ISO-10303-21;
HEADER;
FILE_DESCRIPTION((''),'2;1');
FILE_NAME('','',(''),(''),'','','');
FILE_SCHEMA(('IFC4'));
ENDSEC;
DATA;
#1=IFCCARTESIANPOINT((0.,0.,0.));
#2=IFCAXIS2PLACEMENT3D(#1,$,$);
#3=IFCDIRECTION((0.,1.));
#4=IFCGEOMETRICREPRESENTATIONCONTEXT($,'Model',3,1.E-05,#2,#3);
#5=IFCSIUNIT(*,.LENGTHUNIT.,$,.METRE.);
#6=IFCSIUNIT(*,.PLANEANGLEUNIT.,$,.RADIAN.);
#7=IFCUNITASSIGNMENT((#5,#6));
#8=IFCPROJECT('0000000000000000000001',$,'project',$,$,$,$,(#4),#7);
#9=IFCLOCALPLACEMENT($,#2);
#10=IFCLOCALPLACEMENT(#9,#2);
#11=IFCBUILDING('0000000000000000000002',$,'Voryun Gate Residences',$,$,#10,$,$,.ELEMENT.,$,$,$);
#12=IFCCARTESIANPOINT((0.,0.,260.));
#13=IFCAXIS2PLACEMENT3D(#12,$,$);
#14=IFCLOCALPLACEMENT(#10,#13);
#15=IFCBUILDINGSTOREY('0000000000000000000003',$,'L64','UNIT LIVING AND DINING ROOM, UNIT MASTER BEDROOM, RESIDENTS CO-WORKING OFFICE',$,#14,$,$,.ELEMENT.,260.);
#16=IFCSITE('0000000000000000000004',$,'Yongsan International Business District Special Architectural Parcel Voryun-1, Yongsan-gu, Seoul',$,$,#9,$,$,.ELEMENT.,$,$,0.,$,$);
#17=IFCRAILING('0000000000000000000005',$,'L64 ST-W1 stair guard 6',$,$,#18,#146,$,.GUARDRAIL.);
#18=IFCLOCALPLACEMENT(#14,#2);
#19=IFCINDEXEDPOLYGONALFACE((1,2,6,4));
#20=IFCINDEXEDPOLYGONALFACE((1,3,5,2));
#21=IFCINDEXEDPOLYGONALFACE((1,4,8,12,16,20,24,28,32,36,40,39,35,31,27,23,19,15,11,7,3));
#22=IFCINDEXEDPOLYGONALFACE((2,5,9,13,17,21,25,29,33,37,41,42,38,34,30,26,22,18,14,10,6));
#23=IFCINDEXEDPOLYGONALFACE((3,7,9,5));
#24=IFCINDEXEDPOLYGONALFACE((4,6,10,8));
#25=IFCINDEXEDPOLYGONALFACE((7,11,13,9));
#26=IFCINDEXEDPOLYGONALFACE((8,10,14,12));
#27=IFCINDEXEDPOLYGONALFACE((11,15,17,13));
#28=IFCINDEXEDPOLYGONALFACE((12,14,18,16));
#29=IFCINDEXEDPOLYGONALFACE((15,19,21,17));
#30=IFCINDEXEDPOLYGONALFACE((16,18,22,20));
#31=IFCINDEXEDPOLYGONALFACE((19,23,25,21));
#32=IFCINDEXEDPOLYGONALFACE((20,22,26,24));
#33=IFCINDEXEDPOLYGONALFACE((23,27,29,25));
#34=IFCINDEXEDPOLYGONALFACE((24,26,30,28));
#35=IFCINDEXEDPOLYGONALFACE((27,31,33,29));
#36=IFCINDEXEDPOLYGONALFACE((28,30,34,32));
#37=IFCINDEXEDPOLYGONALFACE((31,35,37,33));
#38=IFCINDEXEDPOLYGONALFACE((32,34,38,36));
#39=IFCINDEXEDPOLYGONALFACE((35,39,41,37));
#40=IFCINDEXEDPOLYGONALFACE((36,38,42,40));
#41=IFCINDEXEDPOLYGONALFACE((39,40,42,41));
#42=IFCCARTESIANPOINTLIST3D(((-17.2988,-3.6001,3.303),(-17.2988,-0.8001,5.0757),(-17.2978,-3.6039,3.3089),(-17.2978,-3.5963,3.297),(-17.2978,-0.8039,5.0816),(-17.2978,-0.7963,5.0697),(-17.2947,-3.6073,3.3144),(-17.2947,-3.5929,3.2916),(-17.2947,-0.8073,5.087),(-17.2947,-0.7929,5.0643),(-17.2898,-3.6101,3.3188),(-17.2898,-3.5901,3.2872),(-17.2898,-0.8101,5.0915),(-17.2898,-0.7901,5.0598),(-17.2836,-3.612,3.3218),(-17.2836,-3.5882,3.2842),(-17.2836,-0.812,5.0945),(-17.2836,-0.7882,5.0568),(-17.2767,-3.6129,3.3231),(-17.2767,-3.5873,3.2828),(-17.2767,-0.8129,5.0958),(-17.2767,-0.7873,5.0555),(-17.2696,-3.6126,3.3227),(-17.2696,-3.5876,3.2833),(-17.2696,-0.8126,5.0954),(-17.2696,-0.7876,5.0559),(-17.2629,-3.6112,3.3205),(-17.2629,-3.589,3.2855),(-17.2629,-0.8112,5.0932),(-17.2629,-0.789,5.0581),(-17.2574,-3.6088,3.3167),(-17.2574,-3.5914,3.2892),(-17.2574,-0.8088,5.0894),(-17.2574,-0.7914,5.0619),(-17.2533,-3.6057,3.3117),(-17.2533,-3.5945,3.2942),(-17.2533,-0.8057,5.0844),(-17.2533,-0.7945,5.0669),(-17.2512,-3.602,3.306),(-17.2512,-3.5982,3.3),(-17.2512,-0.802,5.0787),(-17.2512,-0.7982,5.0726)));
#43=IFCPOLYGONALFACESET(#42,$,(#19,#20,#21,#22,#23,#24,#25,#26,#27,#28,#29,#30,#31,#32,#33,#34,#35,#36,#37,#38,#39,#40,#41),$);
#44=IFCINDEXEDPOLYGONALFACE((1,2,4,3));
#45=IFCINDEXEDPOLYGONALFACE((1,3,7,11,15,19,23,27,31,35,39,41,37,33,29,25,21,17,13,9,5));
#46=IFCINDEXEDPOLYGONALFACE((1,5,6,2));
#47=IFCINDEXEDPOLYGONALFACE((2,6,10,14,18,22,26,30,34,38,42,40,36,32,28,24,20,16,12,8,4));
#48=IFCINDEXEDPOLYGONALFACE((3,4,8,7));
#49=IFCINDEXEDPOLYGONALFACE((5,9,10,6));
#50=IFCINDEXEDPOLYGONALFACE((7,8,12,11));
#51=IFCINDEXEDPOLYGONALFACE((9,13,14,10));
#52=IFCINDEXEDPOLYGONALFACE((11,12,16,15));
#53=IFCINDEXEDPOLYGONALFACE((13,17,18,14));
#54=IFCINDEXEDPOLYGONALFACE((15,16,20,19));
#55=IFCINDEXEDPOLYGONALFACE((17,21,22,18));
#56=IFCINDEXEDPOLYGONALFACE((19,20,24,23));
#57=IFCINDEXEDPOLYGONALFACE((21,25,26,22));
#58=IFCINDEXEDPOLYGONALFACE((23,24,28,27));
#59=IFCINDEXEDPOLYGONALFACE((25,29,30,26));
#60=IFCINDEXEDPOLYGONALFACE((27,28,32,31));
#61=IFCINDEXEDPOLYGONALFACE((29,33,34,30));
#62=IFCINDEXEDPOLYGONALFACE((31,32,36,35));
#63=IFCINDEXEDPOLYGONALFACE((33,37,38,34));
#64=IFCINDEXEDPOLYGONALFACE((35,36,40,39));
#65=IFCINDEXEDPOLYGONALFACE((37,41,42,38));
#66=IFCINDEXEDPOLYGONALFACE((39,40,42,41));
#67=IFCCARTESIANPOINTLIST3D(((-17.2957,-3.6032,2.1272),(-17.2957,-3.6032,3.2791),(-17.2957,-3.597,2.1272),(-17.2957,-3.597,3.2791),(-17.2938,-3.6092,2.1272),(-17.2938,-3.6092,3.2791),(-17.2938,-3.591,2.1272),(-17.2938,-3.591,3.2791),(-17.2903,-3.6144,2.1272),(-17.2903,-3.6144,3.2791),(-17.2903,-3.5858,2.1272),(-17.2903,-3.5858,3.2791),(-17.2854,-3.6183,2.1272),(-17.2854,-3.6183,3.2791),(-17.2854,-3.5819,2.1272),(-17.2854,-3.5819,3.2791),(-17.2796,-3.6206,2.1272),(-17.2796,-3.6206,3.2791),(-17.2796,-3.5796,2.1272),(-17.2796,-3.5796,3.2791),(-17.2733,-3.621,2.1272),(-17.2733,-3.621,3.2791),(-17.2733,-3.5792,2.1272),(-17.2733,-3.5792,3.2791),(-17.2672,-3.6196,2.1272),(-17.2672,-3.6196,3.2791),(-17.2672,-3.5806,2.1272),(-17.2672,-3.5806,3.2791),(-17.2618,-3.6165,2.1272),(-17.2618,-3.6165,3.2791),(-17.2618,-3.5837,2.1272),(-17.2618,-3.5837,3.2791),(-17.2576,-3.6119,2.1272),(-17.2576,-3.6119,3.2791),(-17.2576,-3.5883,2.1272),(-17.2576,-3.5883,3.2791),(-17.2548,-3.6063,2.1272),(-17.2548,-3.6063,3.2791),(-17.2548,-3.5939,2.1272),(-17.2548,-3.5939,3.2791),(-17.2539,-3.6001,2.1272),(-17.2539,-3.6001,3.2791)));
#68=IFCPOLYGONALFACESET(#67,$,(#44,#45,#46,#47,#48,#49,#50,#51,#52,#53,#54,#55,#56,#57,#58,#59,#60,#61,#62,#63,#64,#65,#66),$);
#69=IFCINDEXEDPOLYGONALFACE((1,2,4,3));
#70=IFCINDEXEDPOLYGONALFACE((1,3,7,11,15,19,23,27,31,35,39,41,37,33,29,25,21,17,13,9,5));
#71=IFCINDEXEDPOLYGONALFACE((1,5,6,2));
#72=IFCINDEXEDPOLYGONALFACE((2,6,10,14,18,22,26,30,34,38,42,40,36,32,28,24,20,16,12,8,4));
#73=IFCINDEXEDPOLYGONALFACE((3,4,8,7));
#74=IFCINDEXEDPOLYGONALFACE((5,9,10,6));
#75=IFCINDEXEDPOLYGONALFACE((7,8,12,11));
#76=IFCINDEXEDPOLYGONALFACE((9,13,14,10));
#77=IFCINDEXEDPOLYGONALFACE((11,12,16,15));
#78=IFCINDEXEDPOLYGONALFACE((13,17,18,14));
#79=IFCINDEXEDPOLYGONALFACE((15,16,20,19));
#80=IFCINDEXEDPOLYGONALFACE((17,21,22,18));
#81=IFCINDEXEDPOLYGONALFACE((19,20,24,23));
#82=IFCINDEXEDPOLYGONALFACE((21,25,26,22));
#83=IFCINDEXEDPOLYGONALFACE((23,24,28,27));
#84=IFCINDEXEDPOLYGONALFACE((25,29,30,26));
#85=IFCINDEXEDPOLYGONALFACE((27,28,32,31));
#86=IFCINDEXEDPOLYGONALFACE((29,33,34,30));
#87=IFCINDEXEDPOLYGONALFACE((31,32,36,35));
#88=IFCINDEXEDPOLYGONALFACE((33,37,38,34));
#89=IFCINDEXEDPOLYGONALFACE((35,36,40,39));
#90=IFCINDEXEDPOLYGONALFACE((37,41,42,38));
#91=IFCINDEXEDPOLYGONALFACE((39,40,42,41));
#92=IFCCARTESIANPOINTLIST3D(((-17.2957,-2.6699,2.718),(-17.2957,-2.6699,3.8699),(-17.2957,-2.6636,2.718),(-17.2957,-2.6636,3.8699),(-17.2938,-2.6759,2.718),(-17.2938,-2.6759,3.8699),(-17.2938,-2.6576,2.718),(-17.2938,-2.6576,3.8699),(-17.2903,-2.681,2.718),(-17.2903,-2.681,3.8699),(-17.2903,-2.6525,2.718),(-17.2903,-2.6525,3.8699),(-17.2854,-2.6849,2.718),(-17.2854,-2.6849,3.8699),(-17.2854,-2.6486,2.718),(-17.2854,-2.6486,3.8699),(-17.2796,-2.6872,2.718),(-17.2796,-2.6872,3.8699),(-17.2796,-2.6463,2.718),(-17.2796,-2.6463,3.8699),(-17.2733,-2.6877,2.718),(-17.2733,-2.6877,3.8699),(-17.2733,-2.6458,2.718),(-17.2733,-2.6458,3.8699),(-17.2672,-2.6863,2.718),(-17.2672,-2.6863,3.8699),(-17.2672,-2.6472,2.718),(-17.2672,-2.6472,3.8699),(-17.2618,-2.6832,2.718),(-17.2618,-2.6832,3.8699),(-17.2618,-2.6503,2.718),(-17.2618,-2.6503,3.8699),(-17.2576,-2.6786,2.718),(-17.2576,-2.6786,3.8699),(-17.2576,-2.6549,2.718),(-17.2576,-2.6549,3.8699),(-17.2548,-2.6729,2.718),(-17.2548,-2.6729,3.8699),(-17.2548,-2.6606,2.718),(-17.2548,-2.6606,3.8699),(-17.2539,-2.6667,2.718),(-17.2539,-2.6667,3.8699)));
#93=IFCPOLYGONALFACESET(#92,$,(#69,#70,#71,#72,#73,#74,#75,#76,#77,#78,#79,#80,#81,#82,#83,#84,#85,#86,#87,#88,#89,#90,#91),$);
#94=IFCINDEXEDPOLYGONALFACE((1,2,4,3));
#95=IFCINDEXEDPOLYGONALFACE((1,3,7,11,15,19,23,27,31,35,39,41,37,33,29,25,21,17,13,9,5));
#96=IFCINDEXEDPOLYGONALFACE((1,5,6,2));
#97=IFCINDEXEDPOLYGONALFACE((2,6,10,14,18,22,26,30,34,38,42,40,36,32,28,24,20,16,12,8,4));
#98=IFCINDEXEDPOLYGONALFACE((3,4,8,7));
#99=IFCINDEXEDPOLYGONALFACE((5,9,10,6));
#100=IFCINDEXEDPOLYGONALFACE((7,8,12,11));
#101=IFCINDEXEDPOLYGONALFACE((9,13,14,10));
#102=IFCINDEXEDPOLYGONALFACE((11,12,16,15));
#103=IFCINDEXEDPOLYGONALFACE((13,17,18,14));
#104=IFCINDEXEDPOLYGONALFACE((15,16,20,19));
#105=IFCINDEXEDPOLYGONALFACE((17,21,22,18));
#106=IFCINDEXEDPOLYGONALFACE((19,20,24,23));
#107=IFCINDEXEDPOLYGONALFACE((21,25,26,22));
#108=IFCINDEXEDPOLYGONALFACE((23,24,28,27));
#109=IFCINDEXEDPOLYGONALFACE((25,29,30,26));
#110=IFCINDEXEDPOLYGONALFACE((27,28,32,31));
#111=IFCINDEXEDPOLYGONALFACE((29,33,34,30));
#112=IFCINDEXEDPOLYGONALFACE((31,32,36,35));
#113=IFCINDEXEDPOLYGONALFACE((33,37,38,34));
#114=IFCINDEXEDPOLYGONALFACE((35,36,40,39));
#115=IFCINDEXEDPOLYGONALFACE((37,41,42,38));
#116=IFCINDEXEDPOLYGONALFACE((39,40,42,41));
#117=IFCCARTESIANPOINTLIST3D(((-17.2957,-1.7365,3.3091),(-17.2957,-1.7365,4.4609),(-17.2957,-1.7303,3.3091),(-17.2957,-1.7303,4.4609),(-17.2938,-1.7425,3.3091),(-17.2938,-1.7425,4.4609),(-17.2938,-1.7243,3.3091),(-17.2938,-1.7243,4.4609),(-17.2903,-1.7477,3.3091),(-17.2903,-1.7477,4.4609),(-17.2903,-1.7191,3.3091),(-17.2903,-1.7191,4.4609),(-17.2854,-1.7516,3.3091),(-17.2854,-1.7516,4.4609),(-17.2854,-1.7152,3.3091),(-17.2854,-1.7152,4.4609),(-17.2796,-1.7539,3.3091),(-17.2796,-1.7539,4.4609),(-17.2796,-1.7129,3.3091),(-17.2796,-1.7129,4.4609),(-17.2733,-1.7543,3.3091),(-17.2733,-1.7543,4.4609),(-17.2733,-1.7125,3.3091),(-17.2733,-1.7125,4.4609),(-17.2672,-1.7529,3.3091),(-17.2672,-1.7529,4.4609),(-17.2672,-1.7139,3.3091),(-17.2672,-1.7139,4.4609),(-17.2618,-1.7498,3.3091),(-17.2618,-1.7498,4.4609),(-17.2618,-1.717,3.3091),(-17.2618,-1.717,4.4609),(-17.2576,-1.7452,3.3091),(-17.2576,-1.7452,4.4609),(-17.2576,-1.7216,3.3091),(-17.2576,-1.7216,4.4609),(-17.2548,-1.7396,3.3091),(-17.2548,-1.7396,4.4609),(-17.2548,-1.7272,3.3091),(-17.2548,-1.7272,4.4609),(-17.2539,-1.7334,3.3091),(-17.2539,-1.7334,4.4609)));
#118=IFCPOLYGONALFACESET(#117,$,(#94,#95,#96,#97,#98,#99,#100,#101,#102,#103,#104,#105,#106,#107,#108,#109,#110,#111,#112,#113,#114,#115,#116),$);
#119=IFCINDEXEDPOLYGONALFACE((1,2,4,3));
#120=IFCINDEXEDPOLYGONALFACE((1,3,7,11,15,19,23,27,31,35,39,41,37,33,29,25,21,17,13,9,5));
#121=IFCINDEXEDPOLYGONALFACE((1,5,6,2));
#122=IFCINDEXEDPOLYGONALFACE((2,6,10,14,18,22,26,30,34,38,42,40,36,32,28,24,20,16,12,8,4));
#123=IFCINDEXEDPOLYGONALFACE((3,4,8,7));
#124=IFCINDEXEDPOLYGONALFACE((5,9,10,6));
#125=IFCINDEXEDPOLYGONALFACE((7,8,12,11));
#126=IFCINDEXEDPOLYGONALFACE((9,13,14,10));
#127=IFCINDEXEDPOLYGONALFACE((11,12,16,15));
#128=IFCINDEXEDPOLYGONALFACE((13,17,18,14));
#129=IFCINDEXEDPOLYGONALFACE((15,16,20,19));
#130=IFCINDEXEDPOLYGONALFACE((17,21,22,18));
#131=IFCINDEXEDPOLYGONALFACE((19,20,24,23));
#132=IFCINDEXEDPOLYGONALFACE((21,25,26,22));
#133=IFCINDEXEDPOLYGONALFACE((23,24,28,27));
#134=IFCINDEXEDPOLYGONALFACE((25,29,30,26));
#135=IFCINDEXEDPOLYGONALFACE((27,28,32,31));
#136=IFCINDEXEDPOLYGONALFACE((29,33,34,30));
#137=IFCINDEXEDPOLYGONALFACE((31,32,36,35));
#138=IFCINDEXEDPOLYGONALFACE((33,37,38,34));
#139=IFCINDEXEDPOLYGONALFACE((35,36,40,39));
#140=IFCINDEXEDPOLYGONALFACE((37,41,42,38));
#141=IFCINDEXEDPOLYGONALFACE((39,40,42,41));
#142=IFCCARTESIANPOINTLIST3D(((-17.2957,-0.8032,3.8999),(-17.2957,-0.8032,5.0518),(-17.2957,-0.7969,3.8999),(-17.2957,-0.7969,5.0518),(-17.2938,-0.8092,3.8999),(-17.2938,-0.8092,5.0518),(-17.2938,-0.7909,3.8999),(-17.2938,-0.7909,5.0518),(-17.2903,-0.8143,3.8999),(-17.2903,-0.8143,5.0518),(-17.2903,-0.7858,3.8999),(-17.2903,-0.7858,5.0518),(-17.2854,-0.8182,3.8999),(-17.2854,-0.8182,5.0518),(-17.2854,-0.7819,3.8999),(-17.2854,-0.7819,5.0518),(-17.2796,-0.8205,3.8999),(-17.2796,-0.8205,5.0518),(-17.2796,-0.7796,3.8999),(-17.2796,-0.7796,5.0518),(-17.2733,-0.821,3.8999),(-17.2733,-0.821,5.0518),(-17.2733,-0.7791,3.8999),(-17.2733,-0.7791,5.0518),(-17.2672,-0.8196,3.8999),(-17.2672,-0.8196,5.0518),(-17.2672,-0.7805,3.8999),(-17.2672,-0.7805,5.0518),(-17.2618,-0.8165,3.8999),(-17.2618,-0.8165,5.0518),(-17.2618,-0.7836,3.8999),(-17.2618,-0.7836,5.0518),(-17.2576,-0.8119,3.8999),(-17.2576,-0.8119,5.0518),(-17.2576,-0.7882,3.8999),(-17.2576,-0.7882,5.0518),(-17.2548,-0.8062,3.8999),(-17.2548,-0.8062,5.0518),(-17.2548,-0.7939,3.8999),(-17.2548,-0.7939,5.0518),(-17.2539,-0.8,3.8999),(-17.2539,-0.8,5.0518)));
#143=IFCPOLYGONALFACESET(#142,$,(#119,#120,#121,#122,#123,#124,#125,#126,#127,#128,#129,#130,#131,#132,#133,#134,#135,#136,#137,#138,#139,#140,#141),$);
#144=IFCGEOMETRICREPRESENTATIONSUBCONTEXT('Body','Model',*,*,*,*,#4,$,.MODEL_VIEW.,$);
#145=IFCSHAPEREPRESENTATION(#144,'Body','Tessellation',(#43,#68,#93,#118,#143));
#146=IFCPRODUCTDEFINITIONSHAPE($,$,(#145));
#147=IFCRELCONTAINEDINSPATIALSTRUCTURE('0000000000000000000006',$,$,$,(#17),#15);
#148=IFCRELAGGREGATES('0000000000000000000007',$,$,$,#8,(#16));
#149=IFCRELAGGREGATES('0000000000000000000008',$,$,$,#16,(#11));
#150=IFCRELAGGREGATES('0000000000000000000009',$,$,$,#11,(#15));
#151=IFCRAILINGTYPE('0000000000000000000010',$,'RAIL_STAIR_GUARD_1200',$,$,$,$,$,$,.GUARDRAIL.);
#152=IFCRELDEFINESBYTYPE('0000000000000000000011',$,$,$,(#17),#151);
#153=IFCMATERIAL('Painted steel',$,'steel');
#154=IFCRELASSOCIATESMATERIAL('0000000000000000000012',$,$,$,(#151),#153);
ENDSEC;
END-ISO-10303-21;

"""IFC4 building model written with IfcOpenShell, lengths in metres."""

from ifc_helpers import new_model, si_unit, direction, frame, origin, origin_2d, place, context, subcontext, project, spatial, circle, extrude, material, type_object, element, save


model = new_model("IFC4")

# Units and contexts
model_context = context("Model", 3, precision=1e-05, world=origin(), true_north=direction((0.0, 1.0)))
body_context = subcontext(model_context, "Body", "Model", "MODEL_VIEW")
ifc_project = project(units=[si_unit("LENGTHUNIT", "METRE"), si_unit("PLANEANGLEUNIT", "RADIAN")], contexts=[model_context])

# Site, building, storey
site_placement = place(None, origin())
site = spatial("IfcSite", under=ifc_project, at=site_placement, Name="Yongsan International Business District Special Architectural Parcel Voryun-1, Yongsan-gu, Seoul", CompositionType="ELEMENT", RefElevation=0.0)
building_placement = place(site_placement, origin())
building = spatial("IfcBuilding", under=site, at=building_placement, Name="Voryun Gate Residences", CompositionType="ELEMENT")
storey_placement = place(building_placement, frame((0.0, 0.0, 260.0)))
storey = spatial("IfcBuildingStorey", under=building, at=storey_placement, Name="L64", Description="UNIT LIVING AND DINING ROOM, UNIT MASTER BEDROOM, RESIDENTS CO-WORKING OFFICE", CompositionType="ELEMENT", Elevation=260.0)

# Railing
ifc_material_1 = material(Name="Painted steel", Category="steel")
railing_type_1 = type_object("IfcRailingType", Name="RAIL_STAIR_GUARD_1200", PredefinedType="GUARDRAIL", material=ifc_material_1)
railing_1_placement = place(storey_placement, frame((-17.2749, -3.6001, 2.1272)))
element("IfcRailing", 1, at=railing_1_placement, inside=storey, type_object=railing_type_1, Name="L64 ST-W1 stair guard 6", PredefinedType="GUARDRAIL", context=body_context, shape_type="SweptSolid", body=[
    extrude(circle(Radius=0.0239, at=origin_2d()), frame((0.0, 0.0, 1.1758), z_axis=(0.0, 0.844909, 0.53491), x_axis=(-1.0, 0.0, 0.0)), (0.0, 0.0, 1.0), 3.314),
    extrude(circle(Radius=0.021, at=origin_2d()), origin(), (0.0, 0.0, 1.0), 1.1519),
    extrude(circle(Radius=0.021, at=origin_2d()), frame((0.0, 0.9333, 0.5908)), (0.0, 0.0, 1.0), 1.1519),
    extrude(circle(Radius=0.021, at=origin_2d()), frame((0.0, 1.8667, 1.1819)), (0.0, 0.0, 1.0), 1.1519),
    extrude(circle(Radius=0.021, at=origin_2d()), frame((0.0, 2.8, 1.7727)), (0.0, 0.0, 1.0), 1.1519),
])

save(model, "model.ifc")
